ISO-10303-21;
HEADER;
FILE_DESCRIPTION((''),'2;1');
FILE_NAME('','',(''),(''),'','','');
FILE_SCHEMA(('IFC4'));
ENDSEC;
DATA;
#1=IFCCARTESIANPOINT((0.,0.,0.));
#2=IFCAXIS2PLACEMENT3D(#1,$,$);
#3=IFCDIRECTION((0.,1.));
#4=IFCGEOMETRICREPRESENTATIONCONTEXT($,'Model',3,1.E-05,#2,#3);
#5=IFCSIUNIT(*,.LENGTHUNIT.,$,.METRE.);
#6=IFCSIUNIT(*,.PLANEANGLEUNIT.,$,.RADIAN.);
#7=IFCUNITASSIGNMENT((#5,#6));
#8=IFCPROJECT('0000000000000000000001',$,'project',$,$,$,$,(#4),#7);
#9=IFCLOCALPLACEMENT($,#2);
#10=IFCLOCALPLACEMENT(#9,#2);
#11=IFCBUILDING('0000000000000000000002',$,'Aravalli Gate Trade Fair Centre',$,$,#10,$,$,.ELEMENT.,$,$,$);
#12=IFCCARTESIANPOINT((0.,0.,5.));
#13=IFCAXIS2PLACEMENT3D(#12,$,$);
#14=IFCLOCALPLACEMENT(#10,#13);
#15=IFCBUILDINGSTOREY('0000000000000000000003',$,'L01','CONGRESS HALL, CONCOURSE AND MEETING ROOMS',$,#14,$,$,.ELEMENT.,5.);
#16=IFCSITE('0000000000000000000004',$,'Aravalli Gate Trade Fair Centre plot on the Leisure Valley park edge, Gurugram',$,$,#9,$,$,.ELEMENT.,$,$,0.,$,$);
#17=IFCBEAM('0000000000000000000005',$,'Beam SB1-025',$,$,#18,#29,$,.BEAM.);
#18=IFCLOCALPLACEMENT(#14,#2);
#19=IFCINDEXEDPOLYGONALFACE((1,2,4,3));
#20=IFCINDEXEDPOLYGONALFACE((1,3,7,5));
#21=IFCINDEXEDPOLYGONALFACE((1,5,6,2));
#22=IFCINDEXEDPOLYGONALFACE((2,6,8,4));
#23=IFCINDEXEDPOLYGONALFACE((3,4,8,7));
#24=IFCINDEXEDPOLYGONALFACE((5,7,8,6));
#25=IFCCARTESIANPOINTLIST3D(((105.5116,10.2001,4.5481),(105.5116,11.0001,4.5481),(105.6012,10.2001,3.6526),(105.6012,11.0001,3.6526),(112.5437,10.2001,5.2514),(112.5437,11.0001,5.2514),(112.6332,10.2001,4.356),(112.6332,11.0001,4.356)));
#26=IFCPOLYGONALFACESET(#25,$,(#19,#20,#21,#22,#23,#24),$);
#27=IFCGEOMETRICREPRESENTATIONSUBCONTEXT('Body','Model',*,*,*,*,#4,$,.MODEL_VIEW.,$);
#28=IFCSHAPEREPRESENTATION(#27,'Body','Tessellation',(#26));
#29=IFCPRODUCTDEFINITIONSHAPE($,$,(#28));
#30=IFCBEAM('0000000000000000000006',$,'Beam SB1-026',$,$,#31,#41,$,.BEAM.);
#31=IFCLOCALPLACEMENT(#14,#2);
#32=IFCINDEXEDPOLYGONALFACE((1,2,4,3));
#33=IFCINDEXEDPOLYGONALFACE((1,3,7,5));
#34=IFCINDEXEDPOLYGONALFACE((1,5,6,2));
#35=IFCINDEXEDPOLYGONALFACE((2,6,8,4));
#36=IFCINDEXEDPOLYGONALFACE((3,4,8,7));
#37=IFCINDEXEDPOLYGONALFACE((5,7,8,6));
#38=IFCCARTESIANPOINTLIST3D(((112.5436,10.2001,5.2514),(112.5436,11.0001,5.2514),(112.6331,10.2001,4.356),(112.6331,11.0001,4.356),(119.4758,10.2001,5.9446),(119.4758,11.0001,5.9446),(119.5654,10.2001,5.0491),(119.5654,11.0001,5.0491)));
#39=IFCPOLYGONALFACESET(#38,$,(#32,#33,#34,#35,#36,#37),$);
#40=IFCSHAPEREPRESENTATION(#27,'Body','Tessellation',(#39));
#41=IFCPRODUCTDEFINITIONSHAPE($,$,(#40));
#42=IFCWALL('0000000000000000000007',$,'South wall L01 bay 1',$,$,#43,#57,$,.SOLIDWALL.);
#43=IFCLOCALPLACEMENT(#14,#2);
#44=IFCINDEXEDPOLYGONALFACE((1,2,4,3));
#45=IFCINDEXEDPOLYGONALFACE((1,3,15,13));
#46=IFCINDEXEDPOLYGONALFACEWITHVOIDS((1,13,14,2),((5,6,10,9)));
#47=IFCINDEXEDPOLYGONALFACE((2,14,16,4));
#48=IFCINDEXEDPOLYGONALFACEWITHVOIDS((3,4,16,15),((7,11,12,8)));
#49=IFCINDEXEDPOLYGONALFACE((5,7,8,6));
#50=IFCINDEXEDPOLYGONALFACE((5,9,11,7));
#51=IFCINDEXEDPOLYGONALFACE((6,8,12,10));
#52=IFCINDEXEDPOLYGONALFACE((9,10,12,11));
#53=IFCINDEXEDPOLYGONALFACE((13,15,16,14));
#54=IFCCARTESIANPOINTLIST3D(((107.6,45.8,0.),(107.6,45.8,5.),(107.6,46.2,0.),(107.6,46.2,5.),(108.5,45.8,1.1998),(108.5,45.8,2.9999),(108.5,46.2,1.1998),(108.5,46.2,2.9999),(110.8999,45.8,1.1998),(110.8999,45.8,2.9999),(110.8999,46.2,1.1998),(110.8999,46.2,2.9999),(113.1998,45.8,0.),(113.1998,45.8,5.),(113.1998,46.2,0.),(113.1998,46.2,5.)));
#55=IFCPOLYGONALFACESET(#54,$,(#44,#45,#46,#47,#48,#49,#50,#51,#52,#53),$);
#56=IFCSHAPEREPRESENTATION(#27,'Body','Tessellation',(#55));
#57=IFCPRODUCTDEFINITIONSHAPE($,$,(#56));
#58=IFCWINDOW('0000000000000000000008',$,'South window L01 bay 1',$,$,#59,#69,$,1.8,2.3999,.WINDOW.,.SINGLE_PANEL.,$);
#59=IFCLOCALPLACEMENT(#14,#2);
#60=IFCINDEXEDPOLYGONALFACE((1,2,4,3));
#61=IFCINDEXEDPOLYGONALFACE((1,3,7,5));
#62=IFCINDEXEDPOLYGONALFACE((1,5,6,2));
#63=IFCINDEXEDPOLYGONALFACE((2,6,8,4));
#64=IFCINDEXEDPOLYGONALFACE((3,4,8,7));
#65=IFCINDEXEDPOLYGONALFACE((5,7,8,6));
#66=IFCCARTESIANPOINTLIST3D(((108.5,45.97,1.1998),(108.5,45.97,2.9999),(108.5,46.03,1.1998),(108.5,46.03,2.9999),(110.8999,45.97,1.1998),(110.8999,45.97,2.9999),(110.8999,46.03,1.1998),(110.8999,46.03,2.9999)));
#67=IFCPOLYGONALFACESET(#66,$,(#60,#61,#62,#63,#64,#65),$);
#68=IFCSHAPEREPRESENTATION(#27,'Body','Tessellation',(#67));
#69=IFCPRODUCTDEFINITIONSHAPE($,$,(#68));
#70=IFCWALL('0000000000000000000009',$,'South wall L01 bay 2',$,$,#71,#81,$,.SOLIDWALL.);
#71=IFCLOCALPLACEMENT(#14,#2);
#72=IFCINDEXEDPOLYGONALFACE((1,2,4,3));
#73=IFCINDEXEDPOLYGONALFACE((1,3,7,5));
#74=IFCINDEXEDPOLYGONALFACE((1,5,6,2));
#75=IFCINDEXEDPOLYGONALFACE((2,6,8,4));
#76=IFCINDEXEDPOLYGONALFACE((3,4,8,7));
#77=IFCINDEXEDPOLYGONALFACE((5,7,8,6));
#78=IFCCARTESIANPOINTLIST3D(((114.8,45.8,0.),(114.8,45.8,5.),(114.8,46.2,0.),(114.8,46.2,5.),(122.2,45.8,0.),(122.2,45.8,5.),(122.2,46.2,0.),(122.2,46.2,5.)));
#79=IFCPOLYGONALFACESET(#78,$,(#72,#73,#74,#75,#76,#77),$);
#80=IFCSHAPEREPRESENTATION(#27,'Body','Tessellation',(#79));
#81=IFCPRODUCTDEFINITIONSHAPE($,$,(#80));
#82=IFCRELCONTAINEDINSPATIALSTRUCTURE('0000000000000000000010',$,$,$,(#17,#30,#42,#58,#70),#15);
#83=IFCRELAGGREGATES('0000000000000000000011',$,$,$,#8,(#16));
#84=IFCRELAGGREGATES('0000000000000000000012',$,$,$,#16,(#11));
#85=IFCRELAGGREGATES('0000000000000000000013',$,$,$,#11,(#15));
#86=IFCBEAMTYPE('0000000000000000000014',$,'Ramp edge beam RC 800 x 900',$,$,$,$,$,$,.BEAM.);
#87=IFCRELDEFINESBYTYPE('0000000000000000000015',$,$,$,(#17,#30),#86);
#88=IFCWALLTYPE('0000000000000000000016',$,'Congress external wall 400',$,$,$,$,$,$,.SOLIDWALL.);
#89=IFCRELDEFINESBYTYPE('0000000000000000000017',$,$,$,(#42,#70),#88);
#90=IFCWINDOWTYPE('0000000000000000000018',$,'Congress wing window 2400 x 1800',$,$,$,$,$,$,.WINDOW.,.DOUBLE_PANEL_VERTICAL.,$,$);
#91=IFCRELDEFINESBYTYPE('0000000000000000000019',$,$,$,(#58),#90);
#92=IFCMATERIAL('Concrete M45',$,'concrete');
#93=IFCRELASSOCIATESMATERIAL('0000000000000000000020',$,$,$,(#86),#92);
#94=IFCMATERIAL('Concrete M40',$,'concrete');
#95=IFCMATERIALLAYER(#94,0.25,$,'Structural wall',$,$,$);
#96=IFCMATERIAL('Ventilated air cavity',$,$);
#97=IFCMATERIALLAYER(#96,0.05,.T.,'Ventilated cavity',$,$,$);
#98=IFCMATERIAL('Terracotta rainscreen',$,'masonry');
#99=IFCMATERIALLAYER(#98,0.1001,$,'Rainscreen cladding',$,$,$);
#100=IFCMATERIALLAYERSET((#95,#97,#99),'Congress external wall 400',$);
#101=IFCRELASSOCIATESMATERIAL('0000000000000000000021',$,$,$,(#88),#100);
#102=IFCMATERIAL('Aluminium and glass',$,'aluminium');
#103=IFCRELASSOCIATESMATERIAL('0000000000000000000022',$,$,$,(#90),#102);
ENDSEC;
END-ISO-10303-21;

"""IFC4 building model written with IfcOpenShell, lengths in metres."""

from ifc_helpers import new_model, si_unit, direction, frame, frame_2d, origin, origin_2d, place, context, subcontext, project, spatial, rectangle, extrude, material, layer, layer_set, material_profile, profile_set, type_object, element, fill, save


model = new_model("IFC4")

# Units and contexts
model_context = context("Model", 3, precision=1e-05, world=origin(), true_north=direction((0.0, 1.0)))
body_context = subcontext(model_context, "Body", "Model", "MODEL_VIEW")
ifc_project = project(units=[si_unit("LENGTHUNIT", "METRE"), si_unit("PLANEANGLEUNIT", "RADIAN")], contexts=[model_context])

# Site, building, storey
site_placement = place(None, origin())
site = spatial("IfcSite", under=ifc_project, at=site_placement, Name="Aravalli Gate Trade Fair Centre plot on the Leisure Valley park edge, Gurugram", CompositionType="ELEMENT", RefElevation=0.0)
building_placement = place(site_placement, origin())
building = spatial("IfcBuilding", under=site, at=building_placement, Name="Aravalli Gate Trade Fair Centre", CompositionType="ELEMENT")
storey_placement = place(building_placement, frame((0.0, 0.0, 5.0)))
storey = spatial("IfcBuildingStorey", under=building, at=storey_placement, Name="L01", Description="CONGRESS HALL, CONCOURSE AND MEETING ROOMS", CompositionType="ELEMENT", Elevation=5.0)

# Shared definitions
ifc_material_1 = material(Name="Concrete M45", Category="concrete")

# Beams
ifc_material_profile_1 = material_profile(ifc_material_1, rectangle(XDim=0.8, YDim=0.8999, at=origin_2d()), Name="Ramp edge beam RC 800 x 900")
ifc_profile_set_1 = profile_set([ifc_material_profile_1], Name="Concrete M45")
beam_type_1 = type_object("IfcBeamType", Name="Ramp edge beam RC 800 x 900", PredefinedType="BEAM", material=ifc_profile_set_1)
beam_1_placement = place(storey_placement, frame((105.5564, 10.6001, 4.1003), z_axis=(0.995035, 0.0, 0.099528), x_axis=(0.0, 1.0, 0.0)))
element("IfcBeam", 1, at=beam_1_placement, inside=storey, type_object=beam_type_1, Name="Beam SB1-025", PredefinedType="BEAM", context=body_context, shape_type="SweptSolid", body=[
    extrude(rectangle(XDim=0.8, YDim=0.8999, at=origin_2d()), origin(), (0.0, 0.0, 1.0), 7.0671),
])
beam_2_placement = place(storey_placement, frame((112.5884, 10.6001, 4.8037), z_axis=(0.995039, 0.0, 0.09949), x_axis=(0.0, 1.0, 0.0)))
element("IfcBeam", 2, at=beam_2_placement, inside=storey, type_object=beam_type_1, Name="Beam SB1-026", PredefinedType="BEAM", context=body_context, shape_type="SweptSolid", body=[
    extrude(rectangle(XDim=0.8, YDim=0.8999, at=origin_2d()), origin(), (0.0, 0.0, 1.0), 6.9668),
])

# Wall, opening, window
ifc_material_2 = material(Name="Concrete M40", Category="concrete")
ifc_layer_1 = layer(ifc_material_2, 0.25, Name="Structural wall")
ifc_material_3 = material(Name="Ventilated air cavity")
ifc_layer_2 = layer(ifc_material_3, 0.05, ventilated=True, Name="Ventilated cavity")
ifc_material_4 = material(Name="Terracotta rainscreen", Category="masonry")
ifc_layer_3 = layer(ifc_material_4, 0.1001, Name="Rainscreen cladding")
ifc_layer_set = layer_set([ifc_layer_1, ifc_layer_2, ifc_layer_3], Name="Congress external wall 400")
wall_type = type_object("IfcWallType", Name="Congress external wall 400", PredefinedType="SOLIDWALL", material=ifc_layer_set)
wall_1_placement = place(storey_placement, frame((107.6001, 46.0, 0.0), z_axis=(0.0, 0.0, 1.0), x_axis=(1.0, 0.0, 0.0)))
wall_1 = element("IfcWall", 3, at=wall_1_placement, inside=storey, type_object=wall_type, Name="South wall L01 bay 1", PredefinedType="SOLIDWALL", context=body_context, shape_type="SweptSolid", body=[
    extrude(rectangle(XDim=5.5999, YDim=0.3999, at=frame_2d((2.7998, 0.0))), origin(), (0.0, 0.0, 1.0), 5.0),
])
opening_placement = place(wall_1_placement, frame((0.8999, 0.0, 1.2)))
opening = element("IfcOpeningElement", 4, at=opening_placement, cuts=wall_1, PredefinedType="OPENING", context=body_context, shape_type="SweptSolid", body=[
    extrude(rectangle(XDim=2.3999, YDim=1.8, at=frame_2d((1.2, 0.8999))), frame((0.0, 0.21, 0.0), z_axis=(0.0, -1.0, 0.0), x_axis=(1.0, 0.0, 0.0)), (0.0, 0.0, 1.0), 0.4199),
])
ifc_material_5 = material(Name="Aluminium and glass", Category="aluminium")
window_type = type_object("IfcWindowType", Name="Congress wing window 2400 x 1800", PartitioningType="DOUBLE_PANEL_VERTICAL", PredefinedType="WINDOW", material=ifc_material_5)
window_placement = place(opening_placement, origin())
window = element("IfcWindow", 5, at=window_placement, inside=storey, type_object=window_type, Name="South window L01 bay 1", OverallHeight=1.8, OverallWidth=2.3999, PartitioningType="SINGLE_PANEL", PredefinedType="WINDOW", context=body_context, shape_type="SweptSolid", body=[
    extrude(rectangle(XDim=2.3999, YDim=1.8, at=frame_2d((1.2, 0.8999))), frame((0.0, 0.03, 0.0), z_axis=(0.0, -1.0, 0.0), x_axis=(1.0, 0.0, 0.0)), (0.0, 0.0, 1.0), 0.0601),
])
fill(opening, window)

# Wall
wall_2_placement = place(storey_placement, frame((114.8, 46.0, 0.0), z_axis=(0.0, 0.0, 1.0), x_axis=(1.0, 0.0, 0.0)))
element("IfcWall", 6, at=wall_2_placement, inside=storey, type_object=wall_type, Name="South wall L01 bay 2", PredefinedType="SOLIDWALL", context=body_context, shape_type="SweptSolid", body=[
    extrude(rectangle(XDim=7.3999, YDim=0.3999, at=frame_2d((3.7, 0.0))), origin(), (0.0, 0.0, 1.0), 5.0),
])

save(model, "model.ifc")
